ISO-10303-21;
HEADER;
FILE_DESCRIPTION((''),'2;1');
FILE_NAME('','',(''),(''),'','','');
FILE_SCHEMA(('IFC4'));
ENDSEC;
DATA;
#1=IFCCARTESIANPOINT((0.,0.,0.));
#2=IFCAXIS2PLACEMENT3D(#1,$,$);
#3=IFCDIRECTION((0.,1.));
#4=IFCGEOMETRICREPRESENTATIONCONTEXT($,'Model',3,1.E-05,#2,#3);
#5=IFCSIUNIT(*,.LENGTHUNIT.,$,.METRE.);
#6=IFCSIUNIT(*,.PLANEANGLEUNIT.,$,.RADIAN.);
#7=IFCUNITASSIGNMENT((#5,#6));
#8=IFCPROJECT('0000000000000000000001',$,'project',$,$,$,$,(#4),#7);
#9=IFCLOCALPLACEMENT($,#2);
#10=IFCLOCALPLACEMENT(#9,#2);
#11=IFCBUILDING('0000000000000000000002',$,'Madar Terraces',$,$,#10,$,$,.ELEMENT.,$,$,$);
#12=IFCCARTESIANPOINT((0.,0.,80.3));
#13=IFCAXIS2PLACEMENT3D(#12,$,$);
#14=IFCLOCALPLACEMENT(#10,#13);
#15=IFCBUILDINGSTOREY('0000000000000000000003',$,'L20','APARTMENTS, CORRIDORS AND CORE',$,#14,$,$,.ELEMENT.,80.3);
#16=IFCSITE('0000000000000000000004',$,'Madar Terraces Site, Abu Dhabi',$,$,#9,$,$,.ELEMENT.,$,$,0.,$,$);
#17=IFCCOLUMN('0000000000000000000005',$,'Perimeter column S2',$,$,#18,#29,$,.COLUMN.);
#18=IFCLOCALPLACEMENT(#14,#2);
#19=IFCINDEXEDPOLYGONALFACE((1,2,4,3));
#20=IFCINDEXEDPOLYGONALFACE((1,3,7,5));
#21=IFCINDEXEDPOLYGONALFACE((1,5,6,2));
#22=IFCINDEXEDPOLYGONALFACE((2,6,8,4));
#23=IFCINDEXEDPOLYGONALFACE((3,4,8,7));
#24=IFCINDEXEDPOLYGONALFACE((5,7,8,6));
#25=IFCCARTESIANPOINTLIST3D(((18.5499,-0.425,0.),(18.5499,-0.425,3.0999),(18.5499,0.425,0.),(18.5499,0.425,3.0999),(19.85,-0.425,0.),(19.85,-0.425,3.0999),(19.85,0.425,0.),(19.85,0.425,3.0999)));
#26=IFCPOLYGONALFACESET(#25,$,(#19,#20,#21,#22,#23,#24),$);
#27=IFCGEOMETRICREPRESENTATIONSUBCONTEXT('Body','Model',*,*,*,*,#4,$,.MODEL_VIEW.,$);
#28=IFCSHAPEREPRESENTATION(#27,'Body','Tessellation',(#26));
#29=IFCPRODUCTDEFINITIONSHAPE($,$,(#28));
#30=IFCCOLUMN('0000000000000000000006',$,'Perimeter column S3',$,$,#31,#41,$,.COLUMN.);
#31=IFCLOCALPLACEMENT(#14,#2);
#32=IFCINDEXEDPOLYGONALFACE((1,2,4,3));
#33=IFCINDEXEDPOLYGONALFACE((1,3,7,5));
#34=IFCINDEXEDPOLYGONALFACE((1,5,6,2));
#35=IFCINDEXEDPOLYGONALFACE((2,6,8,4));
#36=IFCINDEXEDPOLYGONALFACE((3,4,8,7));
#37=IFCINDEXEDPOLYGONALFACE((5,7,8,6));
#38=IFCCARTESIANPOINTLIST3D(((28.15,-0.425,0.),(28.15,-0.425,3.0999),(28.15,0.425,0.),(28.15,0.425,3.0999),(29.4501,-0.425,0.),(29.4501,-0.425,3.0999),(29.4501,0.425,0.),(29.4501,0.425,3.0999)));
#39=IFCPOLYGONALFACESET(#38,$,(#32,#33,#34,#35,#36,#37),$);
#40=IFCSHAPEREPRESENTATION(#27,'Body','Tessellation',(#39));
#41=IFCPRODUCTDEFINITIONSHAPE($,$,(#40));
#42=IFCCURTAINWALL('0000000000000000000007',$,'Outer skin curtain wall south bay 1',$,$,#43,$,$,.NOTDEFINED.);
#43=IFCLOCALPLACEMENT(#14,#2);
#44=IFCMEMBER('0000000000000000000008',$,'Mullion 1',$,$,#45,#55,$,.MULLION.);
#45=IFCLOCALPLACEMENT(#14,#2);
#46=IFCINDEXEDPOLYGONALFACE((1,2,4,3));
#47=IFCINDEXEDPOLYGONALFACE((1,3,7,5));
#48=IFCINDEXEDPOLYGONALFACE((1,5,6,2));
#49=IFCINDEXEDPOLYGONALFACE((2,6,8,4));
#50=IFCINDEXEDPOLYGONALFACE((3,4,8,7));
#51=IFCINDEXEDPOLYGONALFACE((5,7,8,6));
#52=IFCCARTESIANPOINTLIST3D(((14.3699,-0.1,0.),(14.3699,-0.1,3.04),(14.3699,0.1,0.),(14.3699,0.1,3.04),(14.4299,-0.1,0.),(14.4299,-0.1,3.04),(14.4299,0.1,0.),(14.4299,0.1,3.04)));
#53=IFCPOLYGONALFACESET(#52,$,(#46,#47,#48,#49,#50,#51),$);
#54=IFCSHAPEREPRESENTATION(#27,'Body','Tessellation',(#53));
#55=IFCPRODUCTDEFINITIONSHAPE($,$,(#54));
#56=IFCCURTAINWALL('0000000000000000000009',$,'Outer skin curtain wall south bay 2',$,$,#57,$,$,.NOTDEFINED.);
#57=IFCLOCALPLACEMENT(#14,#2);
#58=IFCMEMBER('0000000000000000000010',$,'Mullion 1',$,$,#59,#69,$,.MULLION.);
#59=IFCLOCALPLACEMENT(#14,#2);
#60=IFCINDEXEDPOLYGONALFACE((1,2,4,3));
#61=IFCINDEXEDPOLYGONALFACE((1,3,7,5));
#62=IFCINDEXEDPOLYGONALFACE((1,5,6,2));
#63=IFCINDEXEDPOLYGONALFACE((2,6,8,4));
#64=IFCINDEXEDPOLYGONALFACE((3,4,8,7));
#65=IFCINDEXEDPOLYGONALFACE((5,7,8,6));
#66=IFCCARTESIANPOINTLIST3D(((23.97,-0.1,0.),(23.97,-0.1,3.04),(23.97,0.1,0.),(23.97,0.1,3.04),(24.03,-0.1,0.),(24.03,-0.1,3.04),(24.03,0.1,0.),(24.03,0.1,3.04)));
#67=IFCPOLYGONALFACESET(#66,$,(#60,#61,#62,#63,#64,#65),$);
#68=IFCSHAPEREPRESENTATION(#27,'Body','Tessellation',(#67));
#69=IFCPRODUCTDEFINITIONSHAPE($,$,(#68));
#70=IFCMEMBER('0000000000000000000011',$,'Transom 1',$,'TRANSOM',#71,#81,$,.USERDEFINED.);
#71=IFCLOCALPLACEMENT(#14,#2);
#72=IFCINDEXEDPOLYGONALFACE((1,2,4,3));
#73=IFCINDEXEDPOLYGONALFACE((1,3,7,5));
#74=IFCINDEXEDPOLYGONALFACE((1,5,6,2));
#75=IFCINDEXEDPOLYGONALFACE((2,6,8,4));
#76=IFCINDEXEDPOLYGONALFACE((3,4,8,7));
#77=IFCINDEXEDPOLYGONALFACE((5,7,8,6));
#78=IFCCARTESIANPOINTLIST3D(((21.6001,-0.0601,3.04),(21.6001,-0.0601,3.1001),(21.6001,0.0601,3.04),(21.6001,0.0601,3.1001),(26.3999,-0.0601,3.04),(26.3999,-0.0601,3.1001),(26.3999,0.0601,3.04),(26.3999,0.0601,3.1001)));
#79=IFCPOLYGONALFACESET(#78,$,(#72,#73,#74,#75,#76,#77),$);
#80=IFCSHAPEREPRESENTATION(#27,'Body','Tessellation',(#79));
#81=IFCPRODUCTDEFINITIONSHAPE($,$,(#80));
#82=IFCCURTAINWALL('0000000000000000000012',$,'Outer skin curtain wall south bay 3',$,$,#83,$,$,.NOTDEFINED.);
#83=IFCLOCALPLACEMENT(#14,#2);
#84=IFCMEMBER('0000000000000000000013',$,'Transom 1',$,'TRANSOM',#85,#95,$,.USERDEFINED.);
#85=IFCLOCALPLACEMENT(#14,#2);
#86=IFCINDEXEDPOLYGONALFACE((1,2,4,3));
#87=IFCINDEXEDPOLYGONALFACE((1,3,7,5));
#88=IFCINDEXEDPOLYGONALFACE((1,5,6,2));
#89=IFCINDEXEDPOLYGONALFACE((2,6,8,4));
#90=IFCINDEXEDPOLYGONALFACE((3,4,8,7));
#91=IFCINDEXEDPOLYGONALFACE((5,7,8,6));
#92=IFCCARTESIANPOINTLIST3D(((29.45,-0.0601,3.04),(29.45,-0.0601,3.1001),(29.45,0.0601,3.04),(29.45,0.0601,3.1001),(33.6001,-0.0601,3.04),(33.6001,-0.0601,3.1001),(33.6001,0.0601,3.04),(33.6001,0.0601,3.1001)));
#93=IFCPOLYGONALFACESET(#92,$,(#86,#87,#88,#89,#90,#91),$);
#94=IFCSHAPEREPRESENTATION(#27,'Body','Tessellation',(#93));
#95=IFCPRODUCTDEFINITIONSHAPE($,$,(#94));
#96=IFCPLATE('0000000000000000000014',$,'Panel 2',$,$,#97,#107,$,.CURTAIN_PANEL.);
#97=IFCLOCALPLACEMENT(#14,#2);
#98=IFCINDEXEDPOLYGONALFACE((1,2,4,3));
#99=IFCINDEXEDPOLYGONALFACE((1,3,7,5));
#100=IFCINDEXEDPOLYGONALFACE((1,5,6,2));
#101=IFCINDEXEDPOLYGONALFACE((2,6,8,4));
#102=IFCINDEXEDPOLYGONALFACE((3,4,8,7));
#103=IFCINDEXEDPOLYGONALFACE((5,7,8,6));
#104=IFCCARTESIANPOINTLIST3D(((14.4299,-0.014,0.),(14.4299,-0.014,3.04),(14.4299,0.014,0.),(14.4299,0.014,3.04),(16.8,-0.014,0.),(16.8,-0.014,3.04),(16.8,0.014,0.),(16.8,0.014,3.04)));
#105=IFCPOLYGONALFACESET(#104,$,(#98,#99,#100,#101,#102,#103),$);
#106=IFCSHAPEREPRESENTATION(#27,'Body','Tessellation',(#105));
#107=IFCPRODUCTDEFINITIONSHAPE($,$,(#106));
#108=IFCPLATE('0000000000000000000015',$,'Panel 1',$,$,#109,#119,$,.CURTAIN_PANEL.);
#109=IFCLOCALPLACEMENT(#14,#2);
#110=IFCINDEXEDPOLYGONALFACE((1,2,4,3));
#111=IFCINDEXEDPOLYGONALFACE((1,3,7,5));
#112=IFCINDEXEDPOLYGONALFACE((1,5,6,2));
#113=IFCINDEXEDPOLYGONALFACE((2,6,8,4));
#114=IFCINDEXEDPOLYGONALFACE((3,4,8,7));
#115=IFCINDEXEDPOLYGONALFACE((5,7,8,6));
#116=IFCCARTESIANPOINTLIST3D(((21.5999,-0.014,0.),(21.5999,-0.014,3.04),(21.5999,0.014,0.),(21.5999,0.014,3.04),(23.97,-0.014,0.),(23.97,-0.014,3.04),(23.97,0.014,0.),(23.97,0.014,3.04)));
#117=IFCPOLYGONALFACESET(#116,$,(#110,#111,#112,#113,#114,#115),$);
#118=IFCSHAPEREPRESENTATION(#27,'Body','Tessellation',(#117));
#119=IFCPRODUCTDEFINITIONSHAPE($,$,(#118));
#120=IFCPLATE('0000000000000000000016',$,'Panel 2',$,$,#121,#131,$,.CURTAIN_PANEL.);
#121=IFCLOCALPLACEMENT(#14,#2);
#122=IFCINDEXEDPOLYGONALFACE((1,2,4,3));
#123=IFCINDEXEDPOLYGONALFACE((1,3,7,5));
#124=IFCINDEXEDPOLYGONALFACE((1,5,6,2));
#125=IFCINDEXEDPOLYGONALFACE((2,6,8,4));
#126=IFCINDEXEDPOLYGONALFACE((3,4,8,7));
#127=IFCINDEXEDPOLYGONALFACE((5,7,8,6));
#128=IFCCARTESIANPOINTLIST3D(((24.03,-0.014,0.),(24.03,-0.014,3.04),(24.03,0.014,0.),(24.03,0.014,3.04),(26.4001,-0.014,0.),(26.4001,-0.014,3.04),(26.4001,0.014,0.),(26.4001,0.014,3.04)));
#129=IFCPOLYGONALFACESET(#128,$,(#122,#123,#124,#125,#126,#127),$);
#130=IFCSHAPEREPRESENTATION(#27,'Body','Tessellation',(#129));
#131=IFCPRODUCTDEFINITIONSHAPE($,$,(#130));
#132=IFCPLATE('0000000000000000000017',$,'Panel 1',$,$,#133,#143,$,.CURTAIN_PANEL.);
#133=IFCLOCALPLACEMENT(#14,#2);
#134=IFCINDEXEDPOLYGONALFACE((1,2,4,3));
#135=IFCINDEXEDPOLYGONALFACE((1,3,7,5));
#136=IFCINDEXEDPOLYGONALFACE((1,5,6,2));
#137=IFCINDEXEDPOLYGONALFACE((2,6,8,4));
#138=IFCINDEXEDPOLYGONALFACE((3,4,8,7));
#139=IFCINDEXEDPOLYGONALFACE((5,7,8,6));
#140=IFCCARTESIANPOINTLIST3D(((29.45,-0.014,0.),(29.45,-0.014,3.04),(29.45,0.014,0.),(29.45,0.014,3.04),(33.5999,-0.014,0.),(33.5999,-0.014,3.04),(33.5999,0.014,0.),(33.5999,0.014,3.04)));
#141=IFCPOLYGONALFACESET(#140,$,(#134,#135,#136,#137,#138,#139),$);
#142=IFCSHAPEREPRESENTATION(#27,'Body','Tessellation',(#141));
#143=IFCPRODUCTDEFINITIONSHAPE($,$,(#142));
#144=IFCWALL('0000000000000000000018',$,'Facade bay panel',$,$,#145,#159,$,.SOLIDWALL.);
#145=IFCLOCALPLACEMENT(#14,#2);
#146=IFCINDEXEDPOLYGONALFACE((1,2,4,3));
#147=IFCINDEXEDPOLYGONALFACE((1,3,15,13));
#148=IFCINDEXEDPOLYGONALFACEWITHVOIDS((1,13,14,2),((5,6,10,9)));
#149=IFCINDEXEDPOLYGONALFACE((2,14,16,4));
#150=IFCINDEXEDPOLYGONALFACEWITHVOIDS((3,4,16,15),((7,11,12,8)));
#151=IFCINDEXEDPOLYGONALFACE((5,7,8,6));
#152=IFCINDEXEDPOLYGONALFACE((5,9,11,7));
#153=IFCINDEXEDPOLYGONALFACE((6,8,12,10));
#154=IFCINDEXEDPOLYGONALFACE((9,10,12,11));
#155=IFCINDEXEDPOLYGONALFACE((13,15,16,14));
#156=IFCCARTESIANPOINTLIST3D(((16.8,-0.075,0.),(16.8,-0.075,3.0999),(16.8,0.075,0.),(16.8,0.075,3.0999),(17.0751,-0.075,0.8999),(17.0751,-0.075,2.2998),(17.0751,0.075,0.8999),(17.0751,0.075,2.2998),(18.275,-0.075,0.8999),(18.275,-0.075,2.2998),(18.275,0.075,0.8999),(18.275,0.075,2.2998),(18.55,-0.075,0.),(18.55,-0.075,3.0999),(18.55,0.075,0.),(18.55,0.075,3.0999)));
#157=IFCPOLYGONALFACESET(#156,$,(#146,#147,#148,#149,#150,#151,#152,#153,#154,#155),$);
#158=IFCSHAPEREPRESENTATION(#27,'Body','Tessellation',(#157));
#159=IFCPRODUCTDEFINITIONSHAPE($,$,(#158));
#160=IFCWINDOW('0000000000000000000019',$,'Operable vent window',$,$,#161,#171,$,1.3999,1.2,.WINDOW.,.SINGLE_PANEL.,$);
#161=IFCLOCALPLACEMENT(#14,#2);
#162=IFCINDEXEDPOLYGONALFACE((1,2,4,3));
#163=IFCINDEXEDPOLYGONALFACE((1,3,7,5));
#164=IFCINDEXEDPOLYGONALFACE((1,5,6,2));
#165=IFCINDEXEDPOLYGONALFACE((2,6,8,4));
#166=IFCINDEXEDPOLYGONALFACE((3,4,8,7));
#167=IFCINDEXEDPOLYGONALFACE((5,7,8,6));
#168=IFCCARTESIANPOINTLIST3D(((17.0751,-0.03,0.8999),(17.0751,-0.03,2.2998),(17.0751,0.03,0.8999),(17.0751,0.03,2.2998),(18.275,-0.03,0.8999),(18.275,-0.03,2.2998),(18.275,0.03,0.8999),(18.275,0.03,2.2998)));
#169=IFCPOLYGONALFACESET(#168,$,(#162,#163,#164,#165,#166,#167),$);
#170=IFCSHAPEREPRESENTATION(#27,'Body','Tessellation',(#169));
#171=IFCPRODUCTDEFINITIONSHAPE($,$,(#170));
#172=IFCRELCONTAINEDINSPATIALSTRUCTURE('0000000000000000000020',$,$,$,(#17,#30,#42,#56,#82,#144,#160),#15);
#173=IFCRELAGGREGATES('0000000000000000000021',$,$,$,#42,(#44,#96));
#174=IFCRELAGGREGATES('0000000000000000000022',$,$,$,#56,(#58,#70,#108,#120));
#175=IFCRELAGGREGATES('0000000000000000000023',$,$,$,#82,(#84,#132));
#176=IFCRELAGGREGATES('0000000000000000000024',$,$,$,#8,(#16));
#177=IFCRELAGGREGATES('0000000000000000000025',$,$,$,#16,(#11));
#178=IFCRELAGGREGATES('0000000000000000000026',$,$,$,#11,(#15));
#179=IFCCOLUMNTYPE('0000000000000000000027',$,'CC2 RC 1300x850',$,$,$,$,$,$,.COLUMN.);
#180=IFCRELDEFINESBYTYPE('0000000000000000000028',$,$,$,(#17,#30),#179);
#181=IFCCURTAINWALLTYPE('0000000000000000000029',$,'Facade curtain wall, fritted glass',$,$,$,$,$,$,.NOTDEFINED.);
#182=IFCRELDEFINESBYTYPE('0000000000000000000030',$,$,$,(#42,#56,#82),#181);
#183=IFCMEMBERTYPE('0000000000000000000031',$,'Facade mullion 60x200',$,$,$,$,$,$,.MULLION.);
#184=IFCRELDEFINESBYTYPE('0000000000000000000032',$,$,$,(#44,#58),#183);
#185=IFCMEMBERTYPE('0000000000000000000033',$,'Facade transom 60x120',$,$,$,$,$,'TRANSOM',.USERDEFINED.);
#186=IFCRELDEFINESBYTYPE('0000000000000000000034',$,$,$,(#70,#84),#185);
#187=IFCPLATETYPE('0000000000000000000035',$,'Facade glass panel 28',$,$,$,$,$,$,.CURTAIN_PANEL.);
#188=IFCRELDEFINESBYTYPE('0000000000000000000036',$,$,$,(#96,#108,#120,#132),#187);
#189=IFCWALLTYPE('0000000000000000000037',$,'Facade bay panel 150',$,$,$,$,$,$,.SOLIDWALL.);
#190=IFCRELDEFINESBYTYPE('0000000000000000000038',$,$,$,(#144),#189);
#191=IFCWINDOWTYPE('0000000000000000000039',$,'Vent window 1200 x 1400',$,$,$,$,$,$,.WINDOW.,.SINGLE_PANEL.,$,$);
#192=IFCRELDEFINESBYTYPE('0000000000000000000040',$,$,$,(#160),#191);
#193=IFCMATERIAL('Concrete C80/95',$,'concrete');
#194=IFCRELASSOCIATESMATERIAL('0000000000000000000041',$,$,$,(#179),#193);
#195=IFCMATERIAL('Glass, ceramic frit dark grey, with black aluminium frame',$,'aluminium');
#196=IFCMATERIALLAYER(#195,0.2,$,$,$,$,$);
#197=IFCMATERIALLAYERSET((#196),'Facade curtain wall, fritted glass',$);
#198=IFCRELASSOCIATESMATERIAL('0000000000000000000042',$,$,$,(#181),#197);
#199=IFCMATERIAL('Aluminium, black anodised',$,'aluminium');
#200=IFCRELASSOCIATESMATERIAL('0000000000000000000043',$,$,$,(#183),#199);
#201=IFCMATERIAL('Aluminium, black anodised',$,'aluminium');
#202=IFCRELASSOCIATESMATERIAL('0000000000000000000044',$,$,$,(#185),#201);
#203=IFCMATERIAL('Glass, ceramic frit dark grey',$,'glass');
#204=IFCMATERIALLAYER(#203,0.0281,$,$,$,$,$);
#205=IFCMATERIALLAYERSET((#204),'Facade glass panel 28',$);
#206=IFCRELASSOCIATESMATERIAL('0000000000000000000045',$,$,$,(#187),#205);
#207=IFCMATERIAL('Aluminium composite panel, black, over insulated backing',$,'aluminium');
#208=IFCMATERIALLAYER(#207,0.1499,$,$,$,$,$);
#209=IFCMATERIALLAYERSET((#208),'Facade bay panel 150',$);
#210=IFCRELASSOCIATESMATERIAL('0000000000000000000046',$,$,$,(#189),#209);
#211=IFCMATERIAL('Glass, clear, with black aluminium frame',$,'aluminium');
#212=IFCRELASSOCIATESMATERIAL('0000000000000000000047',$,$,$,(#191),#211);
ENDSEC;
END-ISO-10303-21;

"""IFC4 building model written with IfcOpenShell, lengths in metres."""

from ifc_helpers import new_model, si_unit, direction, frame, frame_2d, origin, origin_2d, place, context, subcontext, project, spatial, rectangle, extrude, material, layer, layer_set, material_profile, profile_set, type_object, element, fill, aggregate, save


model = new_model("IFC4")

# Units and contexts
model_context = context("Model", 3, precision=1e-05, world=origin(), true_north=direction((0.0, 1.0)))
body_context = subcontext(model_context, "Body", "Model", "MODEL_VIEW")
ifc_project = project(units=[si_unit("LENGTHUNIT", "METRE"), si_unit("PLANEANGLEUNIT", "RADIAN")], contexts=[model_context])

# Site, building, storey
site_placement = place(None, origin())
site = spatial("IfcSite", under=ifc_project, at=site_placement, Name="Madar Terraces Site, Abu Dhabi", CompositionType="ELEMENT", RefElevation=0.0)
building_placement = place(site_placement, origin())
building = spatial("IfcBuilding", under=site, at=building_placement, Name="Madar Terraces", CompositionType="ELEMENT")
storey_placement = place(building_placement, frame((0.0, 0.0, 80.3)))
storey = spatial("IfcBuildingStorey", under=building, at=storey_placement, Name="L20", Description="APARTMENTS, CORRIDORS AND CORE", CompositionType="ELEMENT", Elevation=80.3)

# Columns
ifc_material_1 = material(Name="Concrete C80/95", Category="concrete")
ifc_material_profile_1 = material_profile(ifc_material_1, rectangle(XDim=1.3, YDim=0.8501, at=origin_2d()), Name="CC2 RC 1300x850")
ifc_profile_set_1 = profile_set([ifc_material_profile_1], Name="Concrete C80/95")
column_type = type_object("IfcColumnType", Name="CC2 RC 1300x850", PredefinedType="COLUMN", material=ifc_profile_set_1)
for number, where, z_axis, x_axis, name in (
    (1, (19.2, 0.0, 0.0), (0.0, 0.0, 1.0), (1.0, 0.0, 0.0), "Perimeter column S2"),
    (2, (28.8, 0.0, 0.0), (0.0, 0.0, 1.0), (1.0, 0.0, 0.0), "Perimeter column S3"),
):
    element("IfcColumn", number, at=place(storey_placement, frame(where, z_axis=z_axis, x_axis=x_axis)), inside=storey, type_object=column_type, Name=name, PredefinedType="COLUMN", context=body_context, shape_type="SweptSolid", body=[
        extrude(rectangle(XDim=1.3, YDim=0.8501, at=origin_2d()), origin(), (0.0, 0.0, 1.0), 3.0999),
    ])

# Curtain wall, member
ifc_material_2 = material(Name="Glass, ceramic frit dark grey, with black aluminium frame", Category="aluminium")
ifc_layer_1 = layer(ifc_material_2, 0.2)
ifc_layer_set_1 = layer_set([ifc_layer_1], Name="Facade curtain wall, fritted glass")
curtain_wall_type = type_object("IfcCurtainWallType", Name="Facade curtain wall, fritted glass", PredefinedType="NOTDEFINED", material=ifc_layer_set_1)
curtain_wall_1_placement = place(storey_placement, origin())
curtain_wall_1 = element("IfcCurtainWall", 3, at=curtain_wall_1_placement, inside=storey, type_object=curtain_wall_type, Name="Outer skin curtain wall south bay 1", PredefinedType="NOTDEFINED")
ifc_material_3 = material(Name="Aluminium, black anodised", Category="aluminium")
ifc_material_profile_2 = material_profile(ifc_material_3, rectangle(XDim=0.2, YDim=0.0601, at=origin_2d()), Name="Facade mullion 60x200")
ifc_profile_set_2 = profile_set([ifc_material_profile_2], Name="Aluminium, black anodised")
member_type_1 = type_object("IfcMemberType", Name="Facade mullion 60x200", PredefinedType="MULLION", material=ifc_profile_set_2)
member_1_placement = place(storey_placement, frame((14.3999, 0.0, 0.0), z_axis=(0.0, 0.0, 1.0), x_axis=(0.0, 1.0, 0.0)))
member_1 = element("IfcMember", 4, at=member_1_placement, type_object=member_type_1, Name="Mullion 1", PredefinedType="MULLION", context=body_context, shape_type="SweptSolid", body=[
    extrude(rectangle(XDim=0.2, YDim=0.0601, at=origin_2d()), origin(), (0.0, 0.0, 1.0), 3.04),
])

# Curtain wall, members
curtain_wall_2_placement = place(storey_placement, origin())
curtain_wall_2 = element("IfcCurtainWall", 5, at=curtain_wall_2_placement, inside=storey, type_object=curtain_wall_type, Name="Outer skin curtain wall south bay 2", PredefinedType="NOTDEFINED")
member_2_placement = place(storey_placement, frame((24.0, 0.0, 0.0), z_axis=(0.0, 0.0, 1.0), x_axis=(0.0, 1.0, 0.0)))
member_2 = element("IfcMember", 6, at=member_2_placement, type_object=member_type_1, Name="Mullion 1", PredefinedType="MULLION", context=body_context, shape_type="SweptSolid", body=[
    extrude(rectangle(XDim=0.2, YDim=0.0601, at=origin_2d()), origin(), (0.0, 0.0, 1.0), 3.04),
])
ifc_material_4 = material(Name="Aluminium, black anodised", Category="aluminium")
ifc_material_profile_3 = material_profile(ifc_material_4, rectangle(XDim=0.1201, YDim=0.0601, at=origin_2d()), Name="Facade transom 60x120")
ifc_profile_set_3 = profile_set([ifc_material_profile_3], Name="Aluminium, black anodised")
member_type_2 = type_object("IfcMemberType", Name="Facade transom 60x120", ElementType="TRANSOM", PredefinedType="USERDEFINED", material=ifc_profile_set_3)
member_3_placement = place(storey_placement, frame((21.6001, 0.0, 3.0701), z_axis=(1.0, 0.0, 0.0), x_axis=(0.0, 1.0, 0.0)))
member_3 = element("IfcMember", 7, at=member_3_placement, type_object=member_type_2, Name="Transom 1", ObjectType="TRANSOM", PredefinedType="USERDEFINED", context=body_context, shape_type="SweptSolid", body=[
    extrude(rectangle(XDim=0.1201, YDim=0.0601, at=origin_2d()), origin(), (0.0, 0.0, 1.0), 4.7998),
])

# Curtain wall, member
curtain_wall_3_placement = place(storey_placement, origin())
curtain_wall_3 = element("IfcCurtainWall", 8, at=curtain_wall_3_placement, inside=storey, type_object=curtain_wall_type, Name="Outer skin curtain wall south bay 3", PredefinedType="NOTDEFINED")
member_4_placement = place(storey_placement, frame((29.45, 0.0, 3.0701), z_axis=(1.0, 0.0, 0.0), x_axis=(0.0, 1.0, 0.0)))
member_4 = element("IfcMember", 9, at=member_4_placement, type_object=member_type_2, Name="Transom 1", ObjectType="TRANSOM", PredefinedType="USERDEFINED", context=body_context, shape_type="SweptSolid", body=[
    extrude(rectangle(XDim=0.1201, YDim=0.0601, at=origin_2d()), origin(), (0.0, 0.0, 1.0), 4.1501),
])

# Plates
ifc_material_5 = material(Name="Glass, ceramic frit dark grey", Category="glass")
ifc_layer_2 = layer(ifc_material_5, 0.0281)
ifc_layer_set_2 = layer_set([ifc_layer_2], Name="Facade glass panel 28")
plate_type = type_object("IfcPlateType", Name="Facade glass panel 28", PredefinedType="CURTAIN_PANEL", material=ifc_layer_set_2)
plate_1_placement = place(storey_placement, frame((15.615, 0.0, 0.0), z_axis=(0.0, 0.0, 1.0), x_axis=(1.0, 0.0, 0.0)))
plate_1 = element("IfcPlate", 10, at=plate_1_placement, type_object=plate_type, Name="Panel 2", PredefinedType="CURTAIN_PANEL", context=body_context, shape_type="SweptSolid", body=[
    extrude(rectangle(XDim=2.3701, YDim=0.0281, at=origin_2d()), origin(), (0.0, 0.0, 1.0), 3.04),
])
aggregate(curtain_wall_1, [member_1, plate_1])
plate_2_placement = place(storey_placement, frame((22.7849, 0.0, 0.0), z_axis=(0.0, 0.0, 1.0), x_axis=(1.0, 0.0, 0.0)))
plate_2 = element("IfcPlate", 11, at=plate_2_placement, type_object=plate_type, Name="Panel 1", PredefinedType="CURTAIN_PANEL", context=body_context, shape_type="SweptSolid", body=[
    extrude(rectangle(XDim=2.3701, YDim=0.0281, at=origin_2d()), origin(), (0.0, 0.0, 1.0), 3.04),
])
plate_3_placement = place(storey_placement, frame((25.2151, 0.0, 0.0), z_axis=(0.0, 0.0, 1.0), x_axis=(1.0, 0.0, 0.0)))
plate_3 = element("IfcPlate", 12, at=plate_3_placement, type_object=plate_type, Name="Panel 2", PredefinedType="CURTAIN_PANEL", context=body_context, shape_type="SweptSolid", body=[
    extrude(rectangle(XDim=2.3701, YDim=0.0281, at=origin_2d()), origin(), (0.0, 0.0, 1.0), 3.04),
])
aggregate(curtain_wall_2, [member_2, member_3, plate_2, plate_3])
plate_4_placement = place(storey_placement, frame((31.5249, 0.0, 0.0), z_axis=(0.0, 0.0, 1.0), x_axis=(1.0, 0.0, 0.0)))
plate_4 = element("IfcPlate", 13, at=plate_4_placement, type_object=plate_type, Name="Panel 1", PredefinedType="CURTAIN_PANEL", context=body_context, shape_type="SweptSolid", body=[
    extrude(rectangle(XDim=4.1499, YDim=0.0281, at=origin_2d()), origin(), (0.0, 0.0, 1.0), 3.04),
])
aggregate(curtain_wall_3, [member_4, plate_4])

# Wall, opening, window
ifc_material_6 = material(Name="Aluminium composite panel, black, over insulated backing", Category="aluminium")
ifc_layer_3 = layer(ifc_material_6, 0.1499)
ifc_layer_set_3 = layer_set([ifc_layer_3], Name="Facade bay panel 150")
wall_type_1 = type_object("IfcWallType", Name="Facade bay panel 150", PredefinedType="SOLIDWALL", material=ifc_layer_set_3)
wall_1_placement = place(storey_placement, frame((16.8, 0.0, 0.0), z_axis=(0.0, 0.0, 1.0), x_axis=(1.0, 0.0, 0.0)))
wall_1 = element("IfcWall", 14, at=wall_1_placement, inside=storey, type_object=wall_type_1, Name="Facade bay panel", PredefinedType="SOLIDWALL", context=body_context, shape_type="SweptSolid", body=[
    extrude(rectangle(XDim=1.75, YDim=0.1499, at=frame_2d((0.875, 0.0))), origin(), (0.0, 0.0, 1.0), 3.0999),
])
opening_1_placement = place(wall_1_placement, frame((0.2749, 0.0, 0.8999)))
opening_1 = element("IfcOpeningElement", 15, at=opening_1_placement, cuts=wall_1, PredefinedType="OPENING", context=body_context, shape_type="SweptSolid", body=[
    extrude(rectangle(XDim=1.2, YDim=1.3999, at=frame_2d((0.6001, 0.7))), frame((0.0, 0.085, 0.0), z_axis=(0.0, -1.0, 0.0), x_axis=(1.0, 0.0, 0.0)), (0.0, 0.0, 1.0), 0.1699),
])
ifc_material_7 = material(Name="Glass, clear, with black aluminium frame", Category="aluminium")
window_type = type_object("IfcWindowType", Name="Vent window 1200 x 1400", PartitioningType="SINGLE_PANEL", PredefinedType="WINDOW", material=ifc_material_7)
window_1_placement = place(opening_1_placement, origin())
window_1 = element("IfcWindow", 16, at=window_1_placement, inside=storey, type_object=window_type, Name="Operable vent window", OverallHeight=1.3999, OverallWidth=1.2, PartitioningType="SINGLE_PANEL", PredefinedType="WINDOW", context=body_context, shape_type="SweptSolid", body=[
    extrude(rectangle(XDim=1.2, YDim=1.3999, at=frame_2d((0.6001, 0.7))), frame((0.0, 0.03, 0.0), z_axis=(0.0, -1.0, 0.0), x_axis=(1.0, 0.0, 0.0)), (0.0, 0.0, 1.0), 0.0601),
])
fill(opening_1, window_1)

save(model, "model.ifc")
